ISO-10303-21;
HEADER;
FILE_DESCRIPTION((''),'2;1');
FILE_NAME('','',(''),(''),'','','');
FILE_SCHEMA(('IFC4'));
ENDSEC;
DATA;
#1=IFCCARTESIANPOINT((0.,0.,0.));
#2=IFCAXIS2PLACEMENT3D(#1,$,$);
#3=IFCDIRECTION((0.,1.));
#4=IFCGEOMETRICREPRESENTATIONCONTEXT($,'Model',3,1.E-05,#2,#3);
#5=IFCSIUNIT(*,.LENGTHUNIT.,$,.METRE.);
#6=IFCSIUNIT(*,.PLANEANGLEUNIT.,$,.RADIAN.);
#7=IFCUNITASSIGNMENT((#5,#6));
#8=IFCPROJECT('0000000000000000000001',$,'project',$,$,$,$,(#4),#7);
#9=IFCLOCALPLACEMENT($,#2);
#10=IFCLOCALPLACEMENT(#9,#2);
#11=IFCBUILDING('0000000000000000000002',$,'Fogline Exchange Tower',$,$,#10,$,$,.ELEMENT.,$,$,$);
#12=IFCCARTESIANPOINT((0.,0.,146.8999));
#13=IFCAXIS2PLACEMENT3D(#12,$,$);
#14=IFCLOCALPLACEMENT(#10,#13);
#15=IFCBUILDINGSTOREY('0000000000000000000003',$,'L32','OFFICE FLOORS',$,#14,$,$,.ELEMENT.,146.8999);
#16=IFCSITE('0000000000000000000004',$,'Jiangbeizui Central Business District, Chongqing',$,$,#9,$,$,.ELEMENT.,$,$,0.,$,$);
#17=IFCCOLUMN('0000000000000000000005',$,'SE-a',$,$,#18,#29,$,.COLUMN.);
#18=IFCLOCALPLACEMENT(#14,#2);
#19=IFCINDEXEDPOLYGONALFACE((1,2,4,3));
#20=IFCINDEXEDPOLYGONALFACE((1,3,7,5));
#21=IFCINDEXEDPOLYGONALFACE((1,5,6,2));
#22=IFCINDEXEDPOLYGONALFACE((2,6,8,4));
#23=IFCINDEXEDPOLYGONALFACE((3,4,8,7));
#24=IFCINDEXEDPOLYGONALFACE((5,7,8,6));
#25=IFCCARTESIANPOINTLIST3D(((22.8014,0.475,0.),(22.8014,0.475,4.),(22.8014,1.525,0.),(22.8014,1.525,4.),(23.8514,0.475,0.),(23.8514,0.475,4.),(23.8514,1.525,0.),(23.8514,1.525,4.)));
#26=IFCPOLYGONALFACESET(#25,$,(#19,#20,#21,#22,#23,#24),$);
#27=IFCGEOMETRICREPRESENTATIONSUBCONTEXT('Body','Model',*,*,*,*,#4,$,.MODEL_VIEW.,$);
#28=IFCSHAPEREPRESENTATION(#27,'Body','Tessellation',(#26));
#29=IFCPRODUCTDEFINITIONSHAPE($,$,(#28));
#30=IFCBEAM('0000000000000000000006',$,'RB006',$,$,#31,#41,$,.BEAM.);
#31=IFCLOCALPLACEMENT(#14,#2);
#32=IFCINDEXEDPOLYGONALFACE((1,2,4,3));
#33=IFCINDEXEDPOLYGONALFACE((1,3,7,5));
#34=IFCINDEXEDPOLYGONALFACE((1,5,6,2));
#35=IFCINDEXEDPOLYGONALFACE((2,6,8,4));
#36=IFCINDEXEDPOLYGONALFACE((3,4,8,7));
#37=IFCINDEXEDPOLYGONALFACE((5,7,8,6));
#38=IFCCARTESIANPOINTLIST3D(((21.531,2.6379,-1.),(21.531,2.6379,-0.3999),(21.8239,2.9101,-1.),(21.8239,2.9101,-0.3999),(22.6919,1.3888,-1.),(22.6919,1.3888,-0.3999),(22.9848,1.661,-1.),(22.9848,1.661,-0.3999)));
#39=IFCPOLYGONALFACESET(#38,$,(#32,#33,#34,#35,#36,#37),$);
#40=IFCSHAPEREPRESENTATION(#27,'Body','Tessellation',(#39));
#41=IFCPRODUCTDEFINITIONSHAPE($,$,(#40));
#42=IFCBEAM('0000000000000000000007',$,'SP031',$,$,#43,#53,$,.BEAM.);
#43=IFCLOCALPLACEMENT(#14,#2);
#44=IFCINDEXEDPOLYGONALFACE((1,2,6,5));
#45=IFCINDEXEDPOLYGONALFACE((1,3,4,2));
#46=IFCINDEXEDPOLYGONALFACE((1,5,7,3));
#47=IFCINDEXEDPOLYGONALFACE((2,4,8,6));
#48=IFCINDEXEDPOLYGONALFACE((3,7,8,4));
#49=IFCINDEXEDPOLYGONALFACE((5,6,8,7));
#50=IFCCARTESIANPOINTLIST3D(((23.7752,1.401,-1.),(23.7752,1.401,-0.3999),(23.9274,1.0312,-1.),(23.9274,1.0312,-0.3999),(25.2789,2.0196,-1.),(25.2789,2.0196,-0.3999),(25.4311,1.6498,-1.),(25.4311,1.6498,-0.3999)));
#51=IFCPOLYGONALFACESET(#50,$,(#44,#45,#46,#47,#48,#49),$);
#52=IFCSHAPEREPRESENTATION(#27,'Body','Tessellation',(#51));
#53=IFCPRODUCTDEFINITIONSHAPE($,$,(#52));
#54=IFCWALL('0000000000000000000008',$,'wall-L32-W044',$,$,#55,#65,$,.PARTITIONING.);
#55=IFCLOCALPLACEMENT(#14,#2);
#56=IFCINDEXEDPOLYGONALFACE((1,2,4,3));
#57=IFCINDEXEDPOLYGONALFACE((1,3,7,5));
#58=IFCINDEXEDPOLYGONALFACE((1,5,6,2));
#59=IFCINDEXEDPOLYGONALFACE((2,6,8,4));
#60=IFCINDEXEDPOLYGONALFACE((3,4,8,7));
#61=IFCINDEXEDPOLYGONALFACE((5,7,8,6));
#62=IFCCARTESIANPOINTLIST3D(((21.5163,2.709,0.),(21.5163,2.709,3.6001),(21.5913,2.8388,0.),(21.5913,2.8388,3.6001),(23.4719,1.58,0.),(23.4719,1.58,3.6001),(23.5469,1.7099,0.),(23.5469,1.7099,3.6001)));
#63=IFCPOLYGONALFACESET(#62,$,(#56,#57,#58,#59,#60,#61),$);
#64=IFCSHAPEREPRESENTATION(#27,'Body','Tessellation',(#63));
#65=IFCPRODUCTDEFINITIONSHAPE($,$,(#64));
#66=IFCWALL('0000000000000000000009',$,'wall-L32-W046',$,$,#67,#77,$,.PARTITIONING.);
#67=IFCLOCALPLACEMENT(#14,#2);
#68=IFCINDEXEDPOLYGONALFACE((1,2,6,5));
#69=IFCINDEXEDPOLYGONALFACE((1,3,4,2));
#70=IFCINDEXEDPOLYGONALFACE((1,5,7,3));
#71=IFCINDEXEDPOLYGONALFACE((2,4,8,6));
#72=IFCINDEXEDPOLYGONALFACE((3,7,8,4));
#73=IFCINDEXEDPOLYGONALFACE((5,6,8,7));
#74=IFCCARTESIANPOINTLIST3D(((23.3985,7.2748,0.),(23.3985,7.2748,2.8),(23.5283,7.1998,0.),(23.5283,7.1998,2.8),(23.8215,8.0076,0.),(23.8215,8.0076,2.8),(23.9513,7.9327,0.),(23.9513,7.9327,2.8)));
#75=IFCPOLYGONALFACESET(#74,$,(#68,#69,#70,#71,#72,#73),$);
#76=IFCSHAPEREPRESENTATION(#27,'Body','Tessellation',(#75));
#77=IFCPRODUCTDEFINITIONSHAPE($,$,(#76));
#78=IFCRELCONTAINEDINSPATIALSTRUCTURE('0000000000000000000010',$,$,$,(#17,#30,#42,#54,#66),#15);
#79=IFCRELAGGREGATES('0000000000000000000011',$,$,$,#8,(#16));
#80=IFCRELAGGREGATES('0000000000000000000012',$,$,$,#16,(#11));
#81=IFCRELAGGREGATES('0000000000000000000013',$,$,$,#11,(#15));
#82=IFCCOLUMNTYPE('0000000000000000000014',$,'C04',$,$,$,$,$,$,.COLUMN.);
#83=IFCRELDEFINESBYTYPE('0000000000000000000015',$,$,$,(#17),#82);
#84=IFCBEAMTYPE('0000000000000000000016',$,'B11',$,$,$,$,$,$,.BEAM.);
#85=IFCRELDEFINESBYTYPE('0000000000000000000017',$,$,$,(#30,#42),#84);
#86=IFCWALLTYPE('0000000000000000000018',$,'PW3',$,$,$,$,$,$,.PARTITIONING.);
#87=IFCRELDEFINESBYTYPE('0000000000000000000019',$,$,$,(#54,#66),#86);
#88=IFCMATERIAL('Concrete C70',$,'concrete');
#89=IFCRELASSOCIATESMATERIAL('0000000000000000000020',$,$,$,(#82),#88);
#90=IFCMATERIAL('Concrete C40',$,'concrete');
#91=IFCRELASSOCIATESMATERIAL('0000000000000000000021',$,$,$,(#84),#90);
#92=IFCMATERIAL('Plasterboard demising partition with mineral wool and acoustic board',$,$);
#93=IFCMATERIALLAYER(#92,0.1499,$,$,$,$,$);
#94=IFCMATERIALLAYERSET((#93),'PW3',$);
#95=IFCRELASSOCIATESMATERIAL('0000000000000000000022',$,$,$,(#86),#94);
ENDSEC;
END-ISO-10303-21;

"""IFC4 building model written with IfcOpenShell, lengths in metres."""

from ifc_helpers import new_model, si_unit, direction, frame, frame_2d, origin, origin_2d, place, context, subcontext, project, spatial, rectangle, extrude, material, layer, layer_set, material_profile, profile_set, type_object, element, save


model = new_model("IFC4")

# Units and contexts
model_context = context("Model", 3, precision=1e-05, world=origin(), true_north=direction((0.0, 1.0)))
body_context = subcontext(model_context, "Body", "Model", "MODEL_VIEW")
ifc_project = project(units=[si_unit("LENGTHUNIT", "METRE"), si_unit("PLANEANGLEUNIT", "RADIAN")], contexts=[model_context])

# Site, building, storey
site_placement = place(None, origin())
site = spatial("IfcSite", under=ifc_project, at=site_placement, Name="Jiangbeizui Central Business District, Chongqing", CompositionType="ELEMENT", RefElevation=0.0)
building_placement = place(site_placement, origin())
building = spatial("IfcBuilding", under=site, at=building_placement, Name="Fogline Exchange Tower", CompositionType="ELEMENT")
storey_placement = place(building_placement, frame((0.0, 0.0, 146.8999)))
storey = spatial("IfcBuildingStorey", under=building, at=storey_placement, Name="L32", Description="OFFICE FLOORS", CompositionType="ELEMENT", Elevation=146.8999)

# Column
ifc_material_1 = material(Name="Concrete C70", Category="concrete")
ifc_material_profile_1 = material_profile(ifc_material_1, rectangle(XDim=1.05, YDim=1.05, at=origin_2d()), Name="RC 1050x1050")
ifc_profile_set_1 = profile_set([ifc_material_profile_1], Name="Concrete C70")
column_type = type_object("IfcColumnType", Name="C04", PredefinedType="COLUMN", material=ifc_profile_set_1)
column_placement = place(storey_placement, frame((23.3264, 1.0, 0.0), z_axis=(0.0, 0.0, 1.0), x_axis=(1.0, 0.0, 0.0)))
element("IfcColumn", 1, at=column_placement, inside=storey, type_object=column_type, Name="SE-a", PredefinedType="COLUMN", context=body_context, shape_type="SweptSolid", body=[
    extrude(rectangle(XDim=1.05, YDim=1.05, at=origin_2d()), origin(), (0.0, 0.0, 1.0), 4.0),
])

# Beams
ifc_material_2 = material(Name="Concrete C40", Category="concrete")
ifc_material_profile_2 = material_profile(ifc_material_2, rectangle(XDim=0.3999, YDim=0.6001, at=origin_2d()), Name="RC 400x600")
ifc_profile_set_2 = profile_set([ifc_material_profile_2], Name="Concrete C40")
beam_type = type_object("IfcBeamType", Name="B11", PredefinedType="BEAM", material=ifc_profile_set_2)
beam_1_placement = place(storey_placement, frame((22.8384, 1.5249, -0.7), z_axis=(-0.680792, 0.732477, 0.0), x_axis=(-0.732477, -0.680792, 0.0)))
element("IfcBeam", 2, at=beam_1_placement, inside=storey, type_object=beam_type, Name="RB006", PredefinedType="BEAM", context=body_context, shape_type="SweptSolid", body=[
    extrude(rectangle(XDim=0.3999, YDim=0.6001, at=origin_2d()), origin(), (0.0, 0.0, 1.0), 1.7053),
])
beam_2_placement = place(storey_placement, frame((23.8513, 1.2161, -0.7), z_axis=(0.924787, 0.380485, 0.0), x_axis=(-0.380485, 0.924787, 0.0)))
element("IfcBeam", 3, at=beam_2_placement, inside=storey, type_object=beam_type, Name="SP031", PredefinedType="BEAM", context=body_context, shape_type="SweptSolid", body=[
    extrude(rectangle(XDim=0.3999, YDim=0.6001, at=origin_2d()), origin(), (0.0, 0.0, 1.0), 1.626),
])

# Walls
ifc_material_3 = material(Name="Plasterboard demising partition with mineral wool and acoustic board")
ifc_layer_1 = layer(ifc_material_3, 0.1499)
ifc_layer_set_1 = layer_set([ifc_layer_1], Name="PW3")
wall_type_1 = type_object("IfcWallType", Name="PW3", PredefinedType="PARTITIONING", material=ifc_layer_set_1)
wall_1_placement = place(storey_placement, frame((23.5093, 1.645, 0.0), z_axis=(0.0, 0.0, 1.0), x_axis=(-0.866052, 0.499953, 0.0)))
element("IfcWall", 4, at=wall_1_placement, inside=storey, type_object=wall_type_1, Name="wall-L32-W044", PredefinedType="PARTITIONING", context=body_context, shape_type="SweptSolid", body=[
    extrude(rectangle(XDim=2.2581, YDim=0.1499, at=frame_2d((1.1289, 0.0))), origin(), (0.0, 0.0, 1.0), 3.6001),
])
wall_2_placement = place(storey_placement, frame((23.4634, 7.2373, 0.0), z_axis=(0.0, 0.0, 1.0), x_axis=(0.499956, 0.866051, 0.0)))
element("IfcWall", 5, at=wall_2_placement, inside=storey, type_object=wall_type_1, Name="wall-L32-W046", PredefinedType="PARTITIONING", context=body_context, shape_type="SweptSolid", body=[
    extrude(rectangle(XDim=0.8462, YDim=0.1499, at=frame_2d((0.4231, 0.0))), origin(), (0.0, 0.0, 1.0), 2.8),
])

save(model, "model.ifc")
